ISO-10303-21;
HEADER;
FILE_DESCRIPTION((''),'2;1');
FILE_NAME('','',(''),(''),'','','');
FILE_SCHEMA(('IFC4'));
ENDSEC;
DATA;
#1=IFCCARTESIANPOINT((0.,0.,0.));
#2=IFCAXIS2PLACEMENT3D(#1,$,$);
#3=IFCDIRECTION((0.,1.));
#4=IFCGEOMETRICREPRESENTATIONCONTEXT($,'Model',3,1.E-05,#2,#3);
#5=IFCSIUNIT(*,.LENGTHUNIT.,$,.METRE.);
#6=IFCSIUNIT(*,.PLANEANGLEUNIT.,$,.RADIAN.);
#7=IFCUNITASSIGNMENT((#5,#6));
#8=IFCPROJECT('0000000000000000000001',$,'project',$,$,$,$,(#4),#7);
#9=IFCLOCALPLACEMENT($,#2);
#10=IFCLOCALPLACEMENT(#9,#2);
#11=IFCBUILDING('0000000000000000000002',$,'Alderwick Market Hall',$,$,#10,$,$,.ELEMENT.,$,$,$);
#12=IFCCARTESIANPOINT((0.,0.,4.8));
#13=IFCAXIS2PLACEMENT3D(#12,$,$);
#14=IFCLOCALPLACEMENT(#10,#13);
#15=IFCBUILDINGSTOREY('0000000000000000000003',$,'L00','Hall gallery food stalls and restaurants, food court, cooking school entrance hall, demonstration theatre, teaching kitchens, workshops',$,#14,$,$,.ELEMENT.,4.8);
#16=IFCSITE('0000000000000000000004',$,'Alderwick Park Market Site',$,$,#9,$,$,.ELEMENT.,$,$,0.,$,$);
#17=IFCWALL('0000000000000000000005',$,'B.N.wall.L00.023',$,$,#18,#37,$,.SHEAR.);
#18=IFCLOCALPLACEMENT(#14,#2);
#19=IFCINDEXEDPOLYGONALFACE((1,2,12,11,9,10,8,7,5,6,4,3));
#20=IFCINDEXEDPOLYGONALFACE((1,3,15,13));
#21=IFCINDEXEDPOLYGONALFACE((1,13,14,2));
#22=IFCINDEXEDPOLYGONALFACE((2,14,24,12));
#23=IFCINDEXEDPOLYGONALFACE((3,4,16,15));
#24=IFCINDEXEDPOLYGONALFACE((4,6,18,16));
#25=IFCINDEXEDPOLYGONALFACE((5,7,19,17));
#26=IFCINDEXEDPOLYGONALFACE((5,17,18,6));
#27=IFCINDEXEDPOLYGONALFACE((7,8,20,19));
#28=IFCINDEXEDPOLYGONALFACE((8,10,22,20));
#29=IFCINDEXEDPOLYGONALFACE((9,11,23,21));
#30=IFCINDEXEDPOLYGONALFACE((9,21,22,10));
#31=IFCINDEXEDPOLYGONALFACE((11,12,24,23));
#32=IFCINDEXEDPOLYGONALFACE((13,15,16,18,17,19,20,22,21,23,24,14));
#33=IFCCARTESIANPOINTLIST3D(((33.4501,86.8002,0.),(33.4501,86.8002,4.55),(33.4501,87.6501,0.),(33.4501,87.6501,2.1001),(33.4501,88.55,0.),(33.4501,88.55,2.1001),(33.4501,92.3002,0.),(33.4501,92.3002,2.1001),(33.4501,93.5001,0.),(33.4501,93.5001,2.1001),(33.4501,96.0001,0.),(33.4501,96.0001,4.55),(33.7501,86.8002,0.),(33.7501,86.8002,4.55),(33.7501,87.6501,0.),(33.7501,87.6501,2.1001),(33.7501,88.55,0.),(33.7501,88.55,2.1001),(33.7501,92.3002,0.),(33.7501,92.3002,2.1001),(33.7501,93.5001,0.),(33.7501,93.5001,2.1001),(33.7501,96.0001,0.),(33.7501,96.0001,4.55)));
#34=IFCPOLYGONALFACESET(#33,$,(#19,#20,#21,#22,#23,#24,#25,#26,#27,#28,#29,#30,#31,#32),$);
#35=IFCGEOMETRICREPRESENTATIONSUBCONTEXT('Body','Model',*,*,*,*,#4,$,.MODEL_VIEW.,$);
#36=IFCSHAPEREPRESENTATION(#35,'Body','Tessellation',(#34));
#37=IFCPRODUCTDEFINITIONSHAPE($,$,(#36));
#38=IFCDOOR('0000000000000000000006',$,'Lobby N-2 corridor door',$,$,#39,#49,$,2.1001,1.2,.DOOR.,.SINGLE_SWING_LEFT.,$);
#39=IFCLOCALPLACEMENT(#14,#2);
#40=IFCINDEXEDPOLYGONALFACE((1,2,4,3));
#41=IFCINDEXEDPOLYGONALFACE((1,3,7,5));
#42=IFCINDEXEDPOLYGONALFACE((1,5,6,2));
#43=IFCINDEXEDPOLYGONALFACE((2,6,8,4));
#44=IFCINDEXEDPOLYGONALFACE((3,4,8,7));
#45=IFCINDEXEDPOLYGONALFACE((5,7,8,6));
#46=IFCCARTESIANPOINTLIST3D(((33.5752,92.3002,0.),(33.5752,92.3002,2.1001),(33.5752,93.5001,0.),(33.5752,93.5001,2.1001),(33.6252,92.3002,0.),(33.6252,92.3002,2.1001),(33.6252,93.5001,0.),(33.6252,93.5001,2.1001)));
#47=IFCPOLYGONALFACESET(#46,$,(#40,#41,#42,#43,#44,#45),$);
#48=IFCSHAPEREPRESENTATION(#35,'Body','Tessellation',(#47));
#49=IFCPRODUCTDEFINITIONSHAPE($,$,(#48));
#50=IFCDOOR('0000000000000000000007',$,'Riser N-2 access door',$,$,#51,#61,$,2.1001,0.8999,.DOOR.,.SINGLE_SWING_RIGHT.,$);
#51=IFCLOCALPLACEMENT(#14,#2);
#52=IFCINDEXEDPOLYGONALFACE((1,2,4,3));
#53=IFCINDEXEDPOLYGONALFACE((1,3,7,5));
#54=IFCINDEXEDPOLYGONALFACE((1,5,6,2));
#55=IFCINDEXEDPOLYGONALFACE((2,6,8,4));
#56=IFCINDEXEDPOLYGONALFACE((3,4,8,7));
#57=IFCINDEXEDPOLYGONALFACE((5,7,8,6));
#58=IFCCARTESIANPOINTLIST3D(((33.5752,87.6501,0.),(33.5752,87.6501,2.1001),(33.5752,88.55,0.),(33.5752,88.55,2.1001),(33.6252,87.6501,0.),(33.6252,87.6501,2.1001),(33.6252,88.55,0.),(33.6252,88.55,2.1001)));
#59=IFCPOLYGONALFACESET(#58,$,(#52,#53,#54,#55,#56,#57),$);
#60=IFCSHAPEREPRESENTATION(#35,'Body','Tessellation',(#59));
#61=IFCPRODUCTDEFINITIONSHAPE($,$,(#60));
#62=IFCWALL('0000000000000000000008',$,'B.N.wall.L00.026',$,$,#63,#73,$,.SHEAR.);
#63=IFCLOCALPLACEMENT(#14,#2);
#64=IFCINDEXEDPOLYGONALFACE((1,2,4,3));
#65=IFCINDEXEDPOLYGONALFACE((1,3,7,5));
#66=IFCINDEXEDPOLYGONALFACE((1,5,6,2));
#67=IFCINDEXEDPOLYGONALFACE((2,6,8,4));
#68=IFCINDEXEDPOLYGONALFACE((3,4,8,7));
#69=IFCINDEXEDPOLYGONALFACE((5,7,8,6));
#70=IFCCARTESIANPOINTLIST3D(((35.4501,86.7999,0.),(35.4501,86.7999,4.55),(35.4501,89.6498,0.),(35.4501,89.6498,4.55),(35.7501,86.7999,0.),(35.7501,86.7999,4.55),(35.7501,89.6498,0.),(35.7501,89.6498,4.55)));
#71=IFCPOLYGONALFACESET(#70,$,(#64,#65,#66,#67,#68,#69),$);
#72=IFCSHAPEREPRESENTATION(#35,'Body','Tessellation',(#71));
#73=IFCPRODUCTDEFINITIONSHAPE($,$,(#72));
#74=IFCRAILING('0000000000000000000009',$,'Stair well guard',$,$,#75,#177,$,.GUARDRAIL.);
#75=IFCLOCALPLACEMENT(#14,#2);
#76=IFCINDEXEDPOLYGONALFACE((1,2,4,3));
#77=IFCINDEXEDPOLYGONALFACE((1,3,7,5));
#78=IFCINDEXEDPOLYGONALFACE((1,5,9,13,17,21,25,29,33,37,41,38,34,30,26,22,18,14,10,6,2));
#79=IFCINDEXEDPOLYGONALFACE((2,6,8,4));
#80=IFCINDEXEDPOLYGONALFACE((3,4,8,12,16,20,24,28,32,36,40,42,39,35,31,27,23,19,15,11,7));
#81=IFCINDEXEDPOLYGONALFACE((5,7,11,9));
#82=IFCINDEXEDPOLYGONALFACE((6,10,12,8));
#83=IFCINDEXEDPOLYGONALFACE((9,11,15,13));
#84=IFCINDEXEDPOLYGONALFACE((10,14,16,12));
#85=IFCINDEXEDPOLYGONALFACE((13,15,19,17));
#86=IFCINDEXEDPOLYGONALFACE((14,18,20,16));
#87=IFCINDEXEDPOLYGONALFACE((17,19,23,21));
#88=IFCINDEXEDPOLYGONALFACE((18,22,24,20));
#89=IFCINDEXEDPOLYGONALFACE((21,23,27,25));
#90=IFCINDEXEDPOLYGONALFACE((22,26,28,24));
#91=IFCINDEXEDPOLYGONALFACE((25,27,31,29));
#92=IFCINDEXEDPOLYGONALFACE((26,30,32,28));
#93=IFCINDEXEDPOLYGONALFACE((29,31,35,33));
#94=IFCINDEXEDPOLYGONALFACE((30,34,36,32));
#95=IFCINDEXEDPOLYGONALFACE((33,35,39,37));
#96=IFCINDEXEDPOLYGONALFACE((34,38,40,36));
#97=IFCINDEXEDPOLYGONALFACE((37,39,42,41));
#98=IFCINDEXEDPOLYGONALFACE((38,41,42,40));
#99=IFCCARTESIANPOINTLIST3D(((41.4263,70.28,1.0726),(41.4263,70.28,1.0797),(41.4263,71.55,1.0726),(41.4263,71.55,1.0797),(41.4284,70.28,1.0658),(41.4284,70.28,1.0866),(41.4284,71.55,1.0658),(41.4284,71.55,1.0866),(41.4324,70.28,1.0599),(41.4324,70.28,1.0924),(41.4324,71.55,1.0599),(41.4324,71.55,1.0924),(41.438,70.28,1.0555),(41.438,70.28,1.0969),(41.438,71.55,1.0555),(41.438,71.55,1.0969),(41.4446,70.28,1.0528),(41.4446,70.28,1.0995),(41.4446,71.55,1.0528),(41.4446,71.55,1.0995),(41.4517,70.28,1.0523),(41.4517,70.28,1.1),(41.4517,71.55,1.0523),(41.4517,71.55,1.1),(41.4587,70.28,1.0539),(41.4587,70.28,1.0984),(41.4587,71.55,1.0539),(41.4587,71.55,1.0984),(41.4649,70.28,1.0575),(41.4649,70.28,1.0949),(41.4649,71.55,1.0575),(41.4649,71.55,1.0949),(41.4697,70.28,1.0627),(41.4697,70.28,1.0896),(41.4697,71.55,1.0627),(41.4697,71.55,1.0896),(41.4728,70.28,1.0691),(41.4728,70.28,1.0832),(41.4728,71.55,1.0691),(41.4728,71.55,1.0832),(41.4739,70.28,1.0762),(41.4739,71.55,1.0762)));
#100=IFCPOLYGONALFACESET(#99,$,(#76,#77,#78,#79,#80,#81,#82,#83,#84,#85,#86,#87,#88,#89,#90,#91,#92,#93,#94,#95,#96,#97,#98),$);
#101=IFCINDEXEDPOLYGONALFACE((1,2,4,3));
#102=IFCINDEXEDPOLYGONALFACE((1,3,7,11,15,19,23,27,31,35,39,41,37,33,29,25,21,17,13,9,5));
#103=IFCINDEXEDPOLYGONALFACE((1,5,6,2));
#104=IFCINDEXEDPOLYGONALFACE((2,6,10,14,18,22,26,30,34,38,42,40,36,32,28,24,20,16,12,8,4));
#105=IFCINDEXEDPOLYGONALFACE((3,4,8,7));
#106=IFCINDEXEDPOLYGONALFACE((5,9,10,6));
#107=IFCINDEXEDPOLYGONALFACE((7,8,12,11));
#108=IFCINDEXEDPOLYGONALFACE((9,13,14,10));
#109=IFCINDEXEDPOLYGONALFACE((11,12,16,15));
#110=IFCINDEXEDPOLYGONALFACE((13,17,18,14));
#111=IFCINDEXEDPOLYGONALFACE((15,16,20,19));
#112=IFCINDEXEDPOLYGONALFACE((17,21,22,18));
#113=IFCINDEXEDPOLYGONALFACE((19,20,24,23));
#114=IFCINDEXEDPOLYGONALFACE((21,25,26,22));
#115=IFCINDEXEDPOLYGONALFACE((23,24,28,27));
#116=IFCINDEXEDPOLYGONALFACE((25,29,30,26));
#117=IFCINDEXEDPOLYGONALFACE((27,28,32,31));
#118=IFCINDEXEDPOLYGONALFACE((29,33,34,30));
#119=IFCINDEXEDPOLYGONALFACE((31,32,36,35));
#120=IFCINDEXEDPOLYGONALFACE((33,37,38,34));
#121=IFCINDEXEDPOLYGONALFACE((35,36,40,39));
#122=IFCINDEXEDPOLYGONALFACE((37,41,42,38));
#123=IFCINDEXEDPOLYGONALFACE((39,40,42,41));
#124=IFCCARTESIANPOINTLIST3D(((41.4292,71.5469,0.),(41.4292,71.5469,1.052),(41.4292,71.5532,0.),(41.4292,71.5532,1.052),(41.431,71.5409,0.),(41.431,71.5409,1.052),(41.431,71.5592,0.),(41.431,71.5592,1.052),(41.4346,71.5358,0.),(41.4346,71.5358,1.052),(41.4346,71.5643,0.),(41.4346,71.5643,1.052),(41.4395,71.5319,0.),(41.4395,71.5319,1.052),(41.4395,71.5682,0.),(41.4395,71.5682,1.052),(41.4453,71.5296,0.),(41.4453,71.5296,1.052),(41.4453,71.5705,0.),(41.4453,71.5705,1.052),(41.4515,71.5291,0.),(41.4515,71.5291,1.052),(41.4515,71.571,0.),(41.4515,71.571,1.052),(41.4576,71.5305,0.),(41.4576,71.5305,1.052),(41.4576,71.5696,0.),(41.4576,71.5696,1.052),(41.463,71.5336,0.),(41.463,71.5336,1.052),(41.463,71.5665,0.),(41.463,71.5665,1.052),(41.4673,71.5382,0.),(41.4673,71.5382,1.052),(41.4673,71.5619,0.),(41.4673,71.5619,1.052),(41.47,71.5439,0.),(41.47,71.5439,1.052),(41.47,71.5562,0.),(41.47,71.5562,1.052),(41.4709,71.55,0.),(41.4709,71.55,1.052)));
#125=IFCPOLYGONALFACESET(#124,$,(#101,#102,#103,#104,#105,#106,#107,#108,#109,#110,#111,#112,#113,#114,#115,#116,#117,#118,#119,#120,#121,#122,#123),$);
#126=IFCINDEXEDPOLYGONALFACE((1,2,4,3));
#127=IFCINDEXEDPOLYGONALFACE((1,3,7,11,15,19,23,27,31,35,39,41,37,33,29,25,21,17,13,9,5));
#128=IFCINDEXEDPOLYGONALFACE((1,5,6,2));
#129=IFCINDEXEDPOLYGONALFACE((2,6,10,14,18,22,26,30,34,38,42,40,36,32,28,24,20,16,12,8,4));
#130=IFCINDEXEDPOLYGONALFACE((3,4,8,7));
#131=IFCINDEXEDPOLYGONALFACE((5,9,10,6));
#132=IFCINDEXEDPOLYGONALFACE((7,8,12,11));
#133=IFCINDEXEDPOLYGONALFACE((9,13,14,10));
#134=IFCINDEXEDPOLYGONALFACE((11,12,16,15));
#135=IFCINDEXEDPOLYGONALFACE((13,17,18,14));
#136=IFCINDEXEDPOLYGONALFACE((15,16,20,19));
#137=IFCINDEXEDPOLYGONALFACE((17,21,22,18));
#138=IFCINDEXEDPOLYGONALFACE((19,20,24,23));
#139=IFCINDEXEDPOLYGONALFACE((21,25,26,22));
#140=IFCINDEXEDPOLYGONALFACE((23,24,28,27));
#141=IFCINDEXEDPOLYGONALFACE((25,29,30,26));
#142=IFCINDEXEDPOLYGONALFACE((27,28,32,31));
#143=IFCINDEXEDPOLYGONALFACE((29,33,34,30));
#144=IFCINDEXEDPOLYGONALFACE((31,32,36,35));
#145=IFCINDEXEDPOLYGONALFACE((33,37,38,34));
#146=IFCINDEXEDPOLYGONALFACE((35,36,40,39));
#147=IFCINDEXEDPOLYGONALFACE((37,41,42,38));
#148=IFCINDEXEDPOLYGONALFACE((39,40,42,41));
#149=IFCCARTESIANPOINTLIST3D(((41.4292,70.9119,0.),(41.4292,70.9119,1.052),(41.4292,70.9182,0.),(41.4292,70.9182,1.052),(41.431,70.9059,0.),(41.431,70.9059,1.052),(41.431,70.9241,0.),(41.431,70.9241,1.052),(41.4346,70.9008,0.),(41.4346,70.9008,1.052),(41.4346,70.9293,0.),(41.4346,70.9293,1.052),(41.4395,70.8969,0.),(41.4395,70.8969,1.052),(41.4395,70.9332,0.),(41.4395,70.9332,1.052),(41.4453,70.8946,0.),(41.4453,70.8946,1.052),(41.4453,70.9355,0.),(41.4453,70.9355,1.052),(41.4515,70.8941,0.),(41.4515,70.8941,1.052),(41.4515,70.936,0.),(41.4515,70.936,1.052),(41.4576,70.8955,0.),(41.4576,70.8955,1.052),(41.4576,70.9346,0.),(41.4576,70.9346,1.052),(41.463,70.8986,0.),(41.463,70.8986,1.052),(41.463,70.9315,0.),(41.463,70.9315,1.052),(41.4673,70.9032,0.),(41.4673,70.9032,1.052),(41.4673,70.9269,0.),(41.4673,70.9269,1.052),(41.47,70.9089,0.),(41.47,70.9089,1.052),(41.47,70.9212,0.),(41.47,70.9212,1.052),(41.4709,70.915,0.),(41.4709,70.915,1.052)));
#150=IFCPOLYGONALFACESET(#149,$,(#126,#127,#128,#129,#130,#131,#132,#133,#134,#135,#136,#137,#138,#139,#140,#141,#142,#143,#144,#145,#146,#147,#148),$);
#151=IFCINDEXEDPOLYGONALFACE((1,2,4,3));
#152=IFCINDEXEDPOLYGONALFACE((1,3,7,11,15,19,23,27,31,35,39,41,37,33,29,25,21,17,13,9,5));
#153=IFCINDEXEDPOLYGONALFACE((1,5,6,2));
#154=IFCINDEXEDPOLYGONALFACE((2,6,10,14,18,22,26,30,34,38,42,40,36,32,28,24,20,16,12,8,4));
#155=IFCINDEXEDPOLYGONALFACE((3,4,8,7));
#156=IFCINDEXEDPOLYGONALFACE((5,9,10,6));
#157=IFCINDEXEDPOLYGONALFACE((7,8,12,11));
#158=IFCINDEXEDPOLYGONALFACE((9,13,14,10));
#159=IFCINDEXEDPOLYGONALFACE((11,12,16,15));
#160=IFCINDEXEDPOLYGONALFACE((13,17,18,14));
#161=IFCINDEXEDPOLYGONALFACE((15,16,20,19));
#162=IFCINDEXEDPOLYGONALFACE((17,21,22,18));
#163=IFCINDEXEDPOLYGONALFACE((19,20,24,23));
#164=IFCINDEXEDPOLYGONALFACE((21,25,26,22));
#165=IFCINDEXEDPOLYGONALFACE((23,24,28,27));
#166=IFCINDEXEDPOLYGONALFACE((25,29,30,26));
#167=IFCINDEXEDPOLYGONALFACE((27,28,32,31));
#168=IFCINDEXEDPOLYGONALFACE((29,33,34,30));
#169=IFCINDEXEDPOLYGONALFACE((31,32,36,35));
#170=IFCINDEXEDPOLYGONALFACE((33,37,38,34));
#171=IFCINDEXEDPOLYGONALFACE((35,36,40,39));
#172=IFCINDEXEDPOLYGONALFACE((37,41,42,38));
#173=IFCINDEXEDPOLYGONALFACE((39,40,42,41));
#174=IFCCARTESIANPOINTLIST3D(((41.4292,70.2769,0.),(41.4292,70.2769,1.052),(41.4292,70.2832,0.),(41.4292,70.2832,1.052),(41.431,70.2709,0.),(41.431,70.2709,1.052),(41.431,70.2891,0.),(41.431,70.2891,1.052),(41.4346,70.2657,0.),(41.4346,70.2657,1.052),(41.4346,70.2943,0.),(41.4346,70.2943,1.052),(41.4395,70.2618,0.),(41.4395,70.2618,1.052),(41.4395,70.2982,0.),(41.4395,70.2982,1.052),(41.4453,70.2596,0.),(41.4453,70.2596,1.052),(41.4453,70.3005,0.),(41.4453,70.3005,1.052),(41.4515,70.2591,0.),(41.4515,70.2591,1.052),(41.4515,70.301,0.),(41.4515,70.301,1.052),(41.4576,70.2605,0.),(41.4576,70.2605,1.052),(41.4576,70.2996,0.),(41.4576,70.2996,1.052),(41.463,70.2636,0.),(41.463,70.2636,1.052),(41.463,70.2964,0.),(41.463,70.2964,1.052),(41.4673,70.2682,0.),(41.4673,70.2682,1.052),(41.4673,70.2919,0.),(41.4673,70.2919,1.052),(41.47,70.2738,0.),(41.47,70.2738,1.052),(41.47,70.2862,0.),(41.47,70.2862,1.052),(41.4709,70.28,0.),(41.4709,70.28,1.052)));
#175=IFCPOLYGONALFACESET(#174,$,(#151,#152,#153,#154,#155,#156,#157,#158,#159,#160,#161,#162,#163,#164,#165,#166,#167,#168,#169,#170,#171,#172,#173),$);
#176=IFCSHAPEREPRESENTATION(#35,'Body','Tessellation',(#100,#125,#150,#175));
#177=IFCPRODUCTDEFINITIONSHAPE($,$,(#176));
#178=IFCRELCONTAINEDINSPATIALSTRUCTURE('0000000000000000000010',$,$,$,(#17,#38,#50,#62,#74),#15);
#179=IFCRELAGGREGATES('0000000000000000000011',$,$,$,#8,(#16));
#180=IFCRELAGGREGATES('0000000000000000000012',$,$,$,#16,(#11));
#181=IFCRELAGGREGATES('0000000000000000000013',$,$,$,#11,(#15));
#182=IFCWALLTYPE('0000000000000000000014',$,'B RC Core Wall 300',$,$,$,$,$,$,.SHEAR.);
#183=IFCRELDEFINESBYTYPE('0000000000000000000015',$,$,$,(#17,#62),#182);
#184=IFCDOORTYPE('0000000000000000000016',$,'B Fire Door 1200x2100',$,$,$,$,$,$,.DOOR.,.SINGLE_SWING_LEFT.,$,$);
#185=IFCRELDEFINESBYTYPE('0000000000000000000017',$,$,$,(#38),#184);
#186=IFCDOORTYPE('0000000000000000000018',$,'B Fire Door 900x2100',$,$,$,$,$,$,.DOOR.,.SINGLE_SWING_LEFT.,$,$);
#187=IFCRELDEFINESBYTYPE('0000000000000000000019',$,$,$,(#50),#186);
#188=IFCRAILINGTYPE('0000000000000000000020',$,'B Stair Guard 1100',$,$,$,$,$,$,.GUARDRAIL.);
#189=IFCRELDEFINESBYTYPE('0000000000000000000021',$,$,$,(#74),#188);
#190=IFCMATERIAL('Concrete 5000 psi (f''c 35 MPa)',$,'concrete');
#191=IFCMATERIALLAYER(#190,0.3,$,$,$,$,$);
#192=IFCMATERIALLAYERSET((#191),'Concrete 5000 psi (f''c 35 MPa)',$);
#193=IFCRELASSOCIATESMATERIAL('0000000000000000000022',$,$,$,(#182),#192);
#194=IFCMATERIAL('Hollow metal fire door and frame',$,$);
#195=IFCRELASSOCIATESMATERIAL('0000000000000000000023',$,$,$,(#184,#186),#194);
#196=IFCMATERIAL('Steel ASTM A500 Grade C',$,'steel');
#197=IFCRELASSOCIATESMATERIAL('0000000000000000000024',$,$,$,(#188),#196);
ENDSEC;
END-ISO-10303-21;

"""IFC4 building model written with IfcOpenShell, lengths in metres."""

from ifc_helpers import new_model, si_unit, direction, frame, frame_2d, origin, origin_2d, place, context, subcontext, project, spatial, rectangle, circle, extrude, material, layer, layer_set, type_object, element, fill, save


model = new_model("IFC4")

# Units and contexts
model_context = context("Model", 3, precision=1e-05, world=origin(), true_north=direction((0.0, 1.0)))
body_context = subcontext(model_context, "Body", "Model", "MODEL_VIEW")
ifc_project = project(units=[si_unit("LENGTHUNIT", "METRE"), si_unit("PLANEANGLEUNIT", "RADIAN")], contexts=[model_context])

# Site, building, storey
site_placement = place(None, origin())
site = spatial("IfcSite", under=ifc_project, at=site_placement, Name="Alderwick Park Market Site", CompositionType="ELEMENT", RefElevation=0.0)
building_placement = place(site_placement, origin())
building = spatial("IfcBuilding", under=site, at=building_placement, Name="Alderwick Market Hall", CompositionType="ELEMENT")
storey_placement = place(building_placement, frame((0.0, 0.0, 4.8)))
storey = spatial("IfcBuildingStorey", under=building, at=storey_placement, Name="L00", Description="Hall gallery food stalls and restaurants, food court, cooking school entrance hall, demonstration theatre, teaching kitchens, workshops", CompositionType="ELEMENT", Elevation=4.8)

# Shared definitions
ifc_material_1 = material(Name="Concrete 5000 psi (f'c 35 MPa)", Category="concrete")

# Shared definitions
ifc_material_2 = material(Name="Hollow metal fire door and frame")

# Wall, openings, doors
ifc_layer_1 = layer(ifc_material_1, 0.3)
ifc_layer_set_1 = layer_set([ifc_layer_1], Name="Concrete 5000 psi (f'c 35 MPa)")
wall_type_1 = type_object("IfcWallType", Name="B RC Core Wall 300", PredefinedType="SHEAR", material=ifc_layer_set_1)
wall_1_placement = place(storey_placement, frame((33.6001, 86.8, 0.0), z_axis=(0.0, 0.0, 1.0), x_axis=(0.0, 1.0, 0.0)))
wall_1 = element("IfcWall", 1, at=wall_1_placement, inside=storey, type_object=wall_type_1, Name="B.N.wall.L00.023", PredefinedType="SHEAR", context=body_context, shape_type="SweptSolid", body=[
    extrude(rectangle(XDim=9.2, YDim=0.3, at=frame_2d((4.6001, 0.0))), origin(), (0.0, 0.0, 1.0), 4.55),
])
opening_1_placement = place(wall_1_placement, frame((5.5, 0.0, 0.0)))
opening_1 = element("IfcOpeningElement", 2, at=opening_1_placement, cuts=wall_1, PredefinedType="OPENING", context=body_context, shape_type="SweptSolid", body=[
    extrude(rectangle(XDim=1.2, YDim=2.1001, at=frame_2d((0.6001, 1.05))), frame((0.0, 0.1599, 0.0), z_axis=(0.0, -1.0, 0.0), x_axis=(1.0, 0.0, 0.0)), (0.0, 0.0, 1.0), 0.3201),
])
opening_2_placement = place(wall_1_placement, frame((0.8501, 0.0, 0.0)))
opening_2 = element("IfcOpeningElement", 3, at=opening_2_placement, cuts=wall_1, PredefinedType="OPENING", context=body_context, shape_type="SweptSolid", body=[
    extrude(rectangle(XDim=0.8999, YDim=2.1001, at=frame_2d((0.45, 1.05))), frame((0.0, 0.1599, 0.0), z_axis=(0.0, -1.0, 0.0), x_axis=(1.0, 0.0, 0.0)), (0.0, 0.0, 1.0), 0.3201),
])
door_type_1 = type_object("IfcDoorType", Name="B Fire Door 1200x2100", OperationType="SINGLE_SWING_LEFT", PredefinedType="DOOR", material=ifc_material_2)
door_1_placement = place(opening_1_placement, origin())
door_1 = element("IfcDoor", 4, at=door_1_placement, inside=storey, type_object=door_type_1, Name="Lobby N-2 corridor door", OperationType="SINGLE_SWING_LEFT", OverallHeight=2.1001, OverallWidth=1.2, PredefinedType="DOOR", context=body_context, shape_type="SweptSolid", body=[
    extrude(rectangle(XDim=1.2, YDim=2.1001, at=frame_2d((0.6001, 1.05))), frame((0.0, 0.0249, 0.0), z_axis=(0.0, -1.0, 0.0), x_axis=(1.0, 0.0, 0.0)), (0.0, 0.0, 1.0), 0.05),
])
fill(opening_1, door_1)
door_type_2 = type_object("IfcDoorType", Name="B Fire Door 900x2100", OperationType="SINGLE_SWING_LEFT", PredefinedType="DOOR", material=ifc_material_2)
door_2_placement = place(opening_2_placement, origin())
door_2 = element("IfcDoor", 5, at=door_2_placement, inside=storey, type_object=door_type_2, Name="Riser N-2 access door", OperationType="SINGLE_SWING_RIGHT", OverallHeight=2.1001, OverallWidth=0.8999, PredefinedType="DOOR", context=body_context, shape_type="SweptSolid", body=[
    extrude(rectangle(XDim=0.8999, YDim=2.1001, at=frame_2d((0.45, 1.05))), frame((0.0, 0.0249, 0.0), z_axis=(0.0, -1.0, 0.0), x_axis=(1.0, 0.0, 0.0)), (0.0, 0.0, 1.0), 0.05),
])
fill(opening_2, door_2)

# Wall
wall_2_placement = place(storey_placement, frame((35.6001, 86.8, 0.0), z_axis=(0.0, 0.0, 1.0), x_axis=(0.0, 1.0, 0.0)))
element("IfcWall", 6, at=wall_2_placement, inside=storey, type_object=wall_type_1, Name="B.N.wall.L00.026", PredefinedType="SHEAR", context=body_context, shape_type="SweptSolid", body=[
    extrude(rectangle(XDim=2.8499, YDim=0.3, at=frame_2d((1.4248, 0.0))), origin(), (0.0, 0.0, 1.0), 4.55),
])

# Railing
ifc_material_3 = material(Name="Steel ASTM A500 Grade C", Category="steel")
railing_type = type_object("IfcRailingType", Name="B Stair Guard 1100", PredefinedType="GUARDRAIL", material=ifc_material_3)
railing_placement = place(storey_placement, frame((41.45, 71.55, 0.0)))
element("IfcRailing", 7, at=railing_placement, inside=storey, type_object=railing_type, Name="Stair well guard", PredefinedType="GUARDRAIL", context=body_context, shape_type="SweptSolid", body=[
    extrude(circle(Radius=0.0239, at=origin_2d()), frame((0.0, 0.0, 1.0762), z_axis=(0.0, -1.0, 0.0), x_axis=(1.0, 0.0, 0.0)), (0.0, 0.0, 1.0), 1.27),
    extrude(circle(Radius=0.021, at=origin_2d()), origin(), (0.0, 0.0, 1.0), 1.052),
    extrude(circle(Radius=0.021, at=origin_2d()), frame((0.0, -0.635, 0.0)), (0.0, 0.0, 1.0), 1.052),
    extrude(circle(Radius=0.021, at=origin_2d()), frame((0.0, -1.27, 0.0)), (0.0, 0.0, 1.0), 1.052),
])

save(model, "model.ifc")
